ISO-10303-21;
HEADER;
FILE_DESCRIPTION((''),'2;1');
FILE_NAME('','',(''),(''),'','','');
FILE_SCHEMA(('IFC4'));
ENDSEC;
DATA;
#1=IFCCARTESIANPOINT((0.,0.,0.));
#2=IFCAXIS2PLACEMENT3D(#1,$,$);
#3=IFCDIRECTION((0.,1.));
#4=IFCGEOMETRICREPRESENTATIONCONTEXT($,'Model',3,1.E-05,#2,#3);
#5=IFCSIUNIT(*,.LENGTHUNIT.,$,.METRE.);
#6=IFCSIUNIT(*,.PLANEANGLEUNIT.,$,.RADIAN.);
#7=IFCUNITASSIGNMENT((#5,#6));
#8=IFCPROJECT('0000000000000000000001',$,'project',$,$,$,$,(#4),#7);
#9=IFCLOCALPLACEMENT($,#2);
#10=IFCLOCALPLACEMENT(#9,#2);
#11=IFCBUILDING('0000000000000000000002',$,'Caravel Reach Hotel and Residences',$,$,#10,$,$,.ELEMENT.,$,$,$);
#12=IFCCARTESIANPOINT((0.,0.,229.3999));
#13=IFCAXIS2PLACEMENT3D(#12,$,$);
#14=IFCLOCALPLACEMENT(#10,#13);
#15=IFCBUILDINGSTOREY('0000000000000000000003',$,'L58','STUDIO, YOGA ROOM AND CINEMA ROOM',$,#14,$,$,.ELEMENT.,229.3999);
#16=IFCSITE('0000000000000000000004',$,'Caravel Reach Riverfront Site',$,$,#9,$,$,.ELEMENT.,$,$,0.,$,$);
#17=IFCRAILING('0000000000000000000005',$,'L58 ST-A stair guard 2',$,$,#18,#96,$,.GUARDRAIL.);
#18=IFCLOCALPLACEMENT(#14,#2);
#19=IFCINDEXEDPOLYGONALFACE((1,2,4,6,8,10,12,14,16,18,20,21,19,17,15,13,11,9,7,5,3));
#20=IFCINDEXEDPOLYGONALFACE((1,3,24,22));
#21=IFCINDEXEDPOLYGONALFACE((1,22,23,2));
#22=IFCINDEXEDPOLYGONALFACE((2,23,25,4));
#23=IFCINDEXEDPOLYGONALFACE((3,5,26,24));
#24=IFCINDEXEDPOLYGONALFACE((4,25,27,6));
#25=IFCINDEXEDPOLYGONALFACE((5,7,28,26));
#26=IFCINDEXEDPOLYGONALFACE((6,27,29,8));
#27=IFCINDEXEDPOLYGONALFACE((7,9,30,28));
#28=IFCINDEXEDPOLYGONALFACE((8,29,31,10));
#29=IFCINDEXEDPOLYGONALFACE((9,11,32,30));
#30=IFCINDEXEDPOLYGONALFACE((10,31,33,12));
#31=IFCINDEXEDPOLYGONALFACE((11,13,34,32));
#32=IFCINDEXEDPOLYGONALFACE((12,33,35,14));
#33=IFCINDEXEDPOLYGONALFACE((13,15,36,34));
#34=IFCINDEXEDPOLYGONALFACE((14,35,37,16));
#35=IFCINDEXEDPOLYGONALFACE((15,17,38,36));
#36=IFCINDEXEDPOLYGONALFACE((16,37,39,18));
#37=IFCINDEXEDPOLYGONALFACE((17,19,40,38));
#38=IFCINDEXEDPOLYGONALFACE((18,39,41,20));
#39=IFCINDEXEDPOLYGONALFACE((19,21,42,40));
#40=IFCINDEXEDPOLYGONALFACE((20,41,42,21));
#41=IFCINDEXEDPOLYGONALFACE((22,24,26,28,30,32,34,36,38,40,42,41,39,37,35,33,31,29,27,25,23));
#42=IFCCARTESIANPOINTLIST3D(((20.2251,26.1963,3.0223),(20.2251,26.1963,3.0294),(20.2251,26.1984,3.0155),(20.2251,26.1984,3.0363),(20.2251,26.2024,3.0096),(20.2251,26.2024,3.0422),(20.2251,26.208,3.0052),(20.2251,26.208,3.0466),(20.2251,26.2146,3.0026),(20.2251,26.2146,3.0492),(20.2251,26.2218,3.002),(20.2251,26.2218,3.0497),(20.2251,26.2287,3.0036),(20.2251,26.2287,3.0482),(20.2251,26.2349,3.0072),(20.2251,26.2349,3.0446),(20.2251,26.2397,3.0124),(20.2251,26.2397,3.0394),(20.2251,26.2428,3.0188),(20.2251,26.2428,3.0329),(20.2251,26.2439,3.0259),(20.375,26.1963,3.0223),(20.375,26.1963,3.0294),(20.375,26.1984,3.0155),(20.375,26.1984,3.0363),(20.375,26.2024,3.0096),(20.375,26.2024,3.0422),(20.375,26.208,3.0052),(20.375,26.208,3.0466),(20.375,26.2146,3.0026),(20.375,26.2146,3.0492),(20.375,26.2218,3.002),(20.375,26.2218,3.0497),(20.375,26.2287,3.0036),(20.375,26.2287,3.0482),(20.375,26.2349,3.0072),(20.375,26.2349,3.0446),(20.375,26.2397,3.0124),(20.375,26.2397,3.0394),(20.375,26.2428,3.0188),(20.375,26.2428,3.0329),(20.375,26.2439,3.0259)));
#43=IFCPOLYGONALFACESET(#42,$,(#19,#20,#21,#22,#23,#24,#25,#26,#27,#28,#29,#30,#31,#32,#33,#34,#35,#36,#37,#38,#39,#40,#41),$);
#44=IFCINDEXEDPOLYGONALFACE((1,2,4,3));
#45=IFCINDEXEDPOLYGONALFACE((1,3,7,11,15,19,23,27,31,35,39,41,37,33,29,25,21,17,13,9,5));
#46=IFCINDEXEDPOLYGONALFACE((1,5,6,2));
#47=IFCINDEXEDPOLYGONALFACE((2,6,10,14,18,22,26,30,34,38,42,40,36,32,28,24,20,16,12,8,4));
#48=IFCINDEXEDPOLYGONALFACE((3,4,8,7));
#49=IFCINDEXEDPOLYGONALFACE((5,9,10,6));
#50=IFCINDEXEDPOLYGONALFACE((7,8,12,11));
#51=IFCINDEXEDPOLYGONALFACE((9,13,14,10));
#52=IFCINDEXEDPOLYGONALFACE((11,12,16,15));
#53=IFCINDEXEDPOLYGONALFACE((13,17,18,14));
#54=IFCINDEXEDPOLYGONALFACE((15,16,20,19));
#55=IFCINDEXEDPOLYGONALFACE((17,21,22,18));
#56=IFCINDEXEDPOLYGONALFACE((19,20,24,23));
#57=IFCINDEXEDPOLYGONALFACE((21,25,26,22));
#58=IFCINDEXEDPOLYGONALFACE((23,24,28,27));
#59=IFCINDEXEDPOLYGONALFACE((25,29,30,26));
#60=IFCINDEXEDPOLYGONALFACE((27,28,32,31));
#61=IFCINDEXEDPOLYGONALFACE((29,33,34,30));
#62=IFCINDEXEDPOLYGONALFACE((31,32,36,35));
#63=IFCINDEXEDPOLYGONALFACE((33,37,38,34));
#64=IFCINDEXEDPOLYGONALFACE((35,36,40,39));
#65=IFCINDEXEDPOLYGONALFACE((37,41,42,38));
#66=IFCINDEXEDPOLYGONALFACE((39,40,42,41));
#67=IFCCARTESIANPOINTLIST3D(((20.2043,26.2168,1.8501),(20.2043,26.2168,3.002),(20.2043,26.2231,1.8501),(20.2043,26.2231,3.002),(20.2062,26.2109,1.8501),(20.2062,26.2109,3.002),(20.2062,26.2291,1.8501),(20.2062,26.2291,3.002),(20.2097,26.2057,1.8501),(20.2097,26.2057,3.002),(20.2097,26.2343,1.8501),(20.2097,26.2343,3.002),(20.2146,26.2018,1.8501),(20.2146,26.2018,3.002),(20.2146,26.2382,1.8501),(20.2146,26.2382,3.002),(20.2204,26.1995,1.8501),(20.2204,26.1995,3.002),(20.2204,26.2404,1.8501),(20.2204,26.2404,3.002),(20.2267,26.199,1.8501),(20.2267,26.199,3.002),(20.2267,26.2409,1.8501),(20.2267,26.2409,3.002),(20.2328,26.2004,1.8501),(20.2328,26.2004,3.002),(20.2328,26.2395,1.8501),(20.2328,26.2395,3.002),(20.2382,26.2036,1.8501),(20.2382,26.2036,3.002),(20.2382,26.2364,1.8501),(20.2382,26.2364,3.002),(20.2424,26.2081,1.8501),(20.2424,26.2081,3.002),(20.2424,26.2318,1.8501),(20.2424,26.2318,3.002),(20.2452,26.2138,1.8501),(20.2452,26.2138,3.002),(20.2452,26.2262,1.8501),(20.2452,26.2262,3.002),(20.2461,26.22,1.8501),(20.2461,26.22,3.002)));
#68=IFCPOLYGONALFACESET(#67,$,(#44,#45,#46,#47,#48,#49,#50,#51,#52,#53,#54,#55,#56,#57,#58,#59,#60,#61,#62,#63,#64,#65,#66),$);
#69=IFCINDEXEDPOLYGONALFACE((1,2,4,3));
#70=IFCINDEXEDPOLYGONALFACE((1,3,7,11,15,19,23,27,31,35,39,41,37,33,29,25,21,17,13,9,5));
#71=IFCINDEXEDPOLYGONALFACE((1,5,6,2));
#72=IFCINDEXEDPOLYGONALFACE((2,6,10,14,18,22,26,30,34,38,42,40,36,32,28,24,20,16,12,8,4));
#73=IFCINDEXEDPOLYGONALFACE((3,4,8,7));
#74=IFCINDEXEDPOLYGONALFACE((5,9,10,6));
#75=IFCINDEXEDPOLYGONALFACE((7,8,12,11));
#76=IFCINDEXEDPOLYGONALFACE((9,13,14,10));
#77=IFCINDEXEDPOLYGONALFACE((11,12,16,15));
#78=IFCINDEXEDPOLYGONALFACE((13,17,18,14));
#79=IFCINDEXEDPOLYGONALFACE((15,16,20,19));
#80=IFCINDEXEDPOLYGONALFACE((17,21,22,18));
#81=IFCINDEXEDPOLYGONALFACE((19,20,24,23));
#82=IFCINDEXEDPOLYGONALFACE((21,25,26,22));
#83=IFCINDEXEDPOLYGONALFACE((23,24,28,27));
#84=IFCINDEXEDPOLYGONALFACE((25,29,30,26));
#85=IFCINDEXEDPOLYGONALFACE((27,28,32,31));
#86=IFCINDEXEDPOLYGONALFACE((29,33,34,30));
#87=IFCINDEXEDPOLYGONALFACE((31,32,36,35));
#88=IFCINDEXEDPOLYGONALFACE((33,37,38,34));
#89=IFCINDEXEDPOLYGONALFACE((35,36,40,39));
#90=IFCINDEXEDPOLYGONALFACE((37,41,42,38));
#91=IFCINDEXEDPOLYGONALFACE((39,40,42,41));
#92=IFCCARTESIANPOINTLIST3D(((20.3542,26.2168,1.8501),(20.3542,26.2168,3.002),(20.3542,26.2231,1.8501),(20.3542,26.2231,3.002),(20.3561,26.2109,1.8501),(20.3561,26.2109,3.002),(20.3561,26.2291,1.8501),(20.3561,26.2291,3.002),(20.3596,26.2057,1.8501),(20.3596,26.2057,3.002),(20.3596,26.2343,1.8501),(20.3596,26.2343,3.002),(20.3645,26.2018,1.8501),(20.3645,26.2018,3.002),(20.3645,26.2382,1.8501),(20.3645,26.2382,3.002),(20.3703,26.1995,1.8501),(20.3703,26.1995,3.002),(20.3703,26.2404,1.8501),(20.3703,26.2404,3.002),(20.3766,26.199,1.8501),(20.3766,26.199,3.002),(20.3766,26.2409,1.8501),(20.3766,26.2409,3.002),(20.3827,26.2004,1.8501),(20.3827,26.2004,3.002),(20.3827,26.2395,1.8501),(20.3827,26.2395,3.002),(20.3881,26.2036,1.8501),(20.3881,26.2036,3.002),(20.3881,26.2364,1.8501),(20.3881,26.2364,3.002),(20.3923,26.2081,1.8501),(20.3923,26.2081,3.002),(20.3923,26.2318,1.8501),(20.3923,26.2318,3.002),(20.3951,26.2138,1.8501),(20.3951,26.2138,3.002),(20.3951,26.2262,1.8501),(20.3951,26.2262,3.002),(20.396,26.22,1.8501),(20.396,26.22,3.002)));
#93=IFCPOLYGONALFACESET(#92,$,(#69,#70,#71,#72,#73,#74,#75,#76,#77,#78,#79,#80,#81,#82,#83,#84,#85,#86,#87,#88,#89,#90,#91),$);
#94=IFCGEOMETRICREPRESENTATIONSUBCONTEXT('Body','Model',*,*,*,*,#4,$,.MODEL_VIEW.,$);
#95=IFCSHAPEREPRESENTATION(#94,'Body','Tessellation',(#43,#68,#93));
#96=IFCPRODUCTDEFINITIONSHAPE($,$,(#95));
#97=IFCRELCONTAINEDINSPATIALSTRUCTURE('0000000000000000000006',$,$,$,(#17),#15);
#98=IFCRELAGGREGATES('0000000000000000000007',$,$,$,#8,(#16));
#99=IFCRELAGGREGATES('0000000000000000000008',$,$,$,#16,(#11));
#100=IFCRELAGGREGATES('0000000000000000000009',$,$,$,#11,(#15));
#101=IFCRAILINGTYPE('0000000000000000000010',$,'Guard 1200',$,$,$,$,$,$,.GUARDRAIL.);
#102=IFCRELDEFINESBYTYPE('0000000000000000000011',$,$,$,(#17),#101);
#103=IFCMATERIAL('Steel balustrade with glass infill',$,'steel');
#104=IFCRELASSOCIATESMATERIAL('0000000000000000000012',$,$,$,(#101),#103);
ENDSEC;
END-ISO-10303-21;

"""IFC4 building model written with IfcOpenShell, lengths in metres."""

from ifc_helpers import new_model, si_unit, direction, frame, origin, origin_2d, place, context, subcontext, project, spatial, circle, extrude, material, type_object, element, save


model = new_model("IFC4")

# Units and contexts
model_context = context("Model", 3, precision=1e-05, world=origin(), true_north=direction((0.0, 1.0)))
body_context = subcontext(model_context, "Body", "Model", "MODEL_VIEW")
ifc_project = project(units=[si_unit("LENGTHUNIT", "METRE"), si_unit("PLANEANGLEUNIT", "RADIAN")], contexts=[model_context])

# Site, building, storey
site_placement = place(None, origin())
site = spatial("IfcSite", under=ifc_project, at=site_placement, Name="Caravel Reach Riverfront Site", CompositionType="ELEMENT", RefElevation=0.0)
building_placement = place(site_placement, origin())
building = spatial("IfcBuilding", under=site, at=building_placement, Name="Caravel Reach Hotel and Residences", CompositionType="ELEMENT")
storey_placement = place(building_placement, frame((0.0, 0.0, 229.3999)))
storey = spatial("IfcBuildingStorey", under=building, at=storey_placement, Name="L58", Description="STUDIO, YOGA ROOM AND CINEMA ROOM", CompositionType="ELEMENT", Elevation=229.3999)

# Railing
ifc_material_1 = material(Name="Steel balustrade with glass infill", Category="steel")
railing_type_1 = type_object("IfcRailingType", Name="Guard 1200", PredefinedType="GUARDRAIL", material=ifc_material_1)
railing_1_placement = place(storey_placement, frame((20.2251, 26.22, 1.8501)))
element("IfcRailing", 1, at=railing_1_placement, inside=storey, type_object=railing_type_1, Name="L58 ST-A stair guard 2", PredefinedType="GUARDRAIL", context=body_context, shape_type="SweptSolid", body=[
    extrude(circle(Radius=0.0239, at=origin_2d()), frame((0.0, 0.0, 1.1758), z_axis=(1.0, 0.0, 0.0), x_axis=(0.0, 1.0, 0.0)), (0.0, 0.0, 1.0), 0.1499),
    extrude(circle(Radius=0.021, at=origin_2d()), origin(), (0.0, 0.0, 1.0), 1.1519),
    extrude(circle(Radius=0.021, at=origin_2d()), frame((0.1499, 0.0, 0.0)), (0.0, 0.0, 1.0), 1.1519),
])

save(model, "model.ifc")
